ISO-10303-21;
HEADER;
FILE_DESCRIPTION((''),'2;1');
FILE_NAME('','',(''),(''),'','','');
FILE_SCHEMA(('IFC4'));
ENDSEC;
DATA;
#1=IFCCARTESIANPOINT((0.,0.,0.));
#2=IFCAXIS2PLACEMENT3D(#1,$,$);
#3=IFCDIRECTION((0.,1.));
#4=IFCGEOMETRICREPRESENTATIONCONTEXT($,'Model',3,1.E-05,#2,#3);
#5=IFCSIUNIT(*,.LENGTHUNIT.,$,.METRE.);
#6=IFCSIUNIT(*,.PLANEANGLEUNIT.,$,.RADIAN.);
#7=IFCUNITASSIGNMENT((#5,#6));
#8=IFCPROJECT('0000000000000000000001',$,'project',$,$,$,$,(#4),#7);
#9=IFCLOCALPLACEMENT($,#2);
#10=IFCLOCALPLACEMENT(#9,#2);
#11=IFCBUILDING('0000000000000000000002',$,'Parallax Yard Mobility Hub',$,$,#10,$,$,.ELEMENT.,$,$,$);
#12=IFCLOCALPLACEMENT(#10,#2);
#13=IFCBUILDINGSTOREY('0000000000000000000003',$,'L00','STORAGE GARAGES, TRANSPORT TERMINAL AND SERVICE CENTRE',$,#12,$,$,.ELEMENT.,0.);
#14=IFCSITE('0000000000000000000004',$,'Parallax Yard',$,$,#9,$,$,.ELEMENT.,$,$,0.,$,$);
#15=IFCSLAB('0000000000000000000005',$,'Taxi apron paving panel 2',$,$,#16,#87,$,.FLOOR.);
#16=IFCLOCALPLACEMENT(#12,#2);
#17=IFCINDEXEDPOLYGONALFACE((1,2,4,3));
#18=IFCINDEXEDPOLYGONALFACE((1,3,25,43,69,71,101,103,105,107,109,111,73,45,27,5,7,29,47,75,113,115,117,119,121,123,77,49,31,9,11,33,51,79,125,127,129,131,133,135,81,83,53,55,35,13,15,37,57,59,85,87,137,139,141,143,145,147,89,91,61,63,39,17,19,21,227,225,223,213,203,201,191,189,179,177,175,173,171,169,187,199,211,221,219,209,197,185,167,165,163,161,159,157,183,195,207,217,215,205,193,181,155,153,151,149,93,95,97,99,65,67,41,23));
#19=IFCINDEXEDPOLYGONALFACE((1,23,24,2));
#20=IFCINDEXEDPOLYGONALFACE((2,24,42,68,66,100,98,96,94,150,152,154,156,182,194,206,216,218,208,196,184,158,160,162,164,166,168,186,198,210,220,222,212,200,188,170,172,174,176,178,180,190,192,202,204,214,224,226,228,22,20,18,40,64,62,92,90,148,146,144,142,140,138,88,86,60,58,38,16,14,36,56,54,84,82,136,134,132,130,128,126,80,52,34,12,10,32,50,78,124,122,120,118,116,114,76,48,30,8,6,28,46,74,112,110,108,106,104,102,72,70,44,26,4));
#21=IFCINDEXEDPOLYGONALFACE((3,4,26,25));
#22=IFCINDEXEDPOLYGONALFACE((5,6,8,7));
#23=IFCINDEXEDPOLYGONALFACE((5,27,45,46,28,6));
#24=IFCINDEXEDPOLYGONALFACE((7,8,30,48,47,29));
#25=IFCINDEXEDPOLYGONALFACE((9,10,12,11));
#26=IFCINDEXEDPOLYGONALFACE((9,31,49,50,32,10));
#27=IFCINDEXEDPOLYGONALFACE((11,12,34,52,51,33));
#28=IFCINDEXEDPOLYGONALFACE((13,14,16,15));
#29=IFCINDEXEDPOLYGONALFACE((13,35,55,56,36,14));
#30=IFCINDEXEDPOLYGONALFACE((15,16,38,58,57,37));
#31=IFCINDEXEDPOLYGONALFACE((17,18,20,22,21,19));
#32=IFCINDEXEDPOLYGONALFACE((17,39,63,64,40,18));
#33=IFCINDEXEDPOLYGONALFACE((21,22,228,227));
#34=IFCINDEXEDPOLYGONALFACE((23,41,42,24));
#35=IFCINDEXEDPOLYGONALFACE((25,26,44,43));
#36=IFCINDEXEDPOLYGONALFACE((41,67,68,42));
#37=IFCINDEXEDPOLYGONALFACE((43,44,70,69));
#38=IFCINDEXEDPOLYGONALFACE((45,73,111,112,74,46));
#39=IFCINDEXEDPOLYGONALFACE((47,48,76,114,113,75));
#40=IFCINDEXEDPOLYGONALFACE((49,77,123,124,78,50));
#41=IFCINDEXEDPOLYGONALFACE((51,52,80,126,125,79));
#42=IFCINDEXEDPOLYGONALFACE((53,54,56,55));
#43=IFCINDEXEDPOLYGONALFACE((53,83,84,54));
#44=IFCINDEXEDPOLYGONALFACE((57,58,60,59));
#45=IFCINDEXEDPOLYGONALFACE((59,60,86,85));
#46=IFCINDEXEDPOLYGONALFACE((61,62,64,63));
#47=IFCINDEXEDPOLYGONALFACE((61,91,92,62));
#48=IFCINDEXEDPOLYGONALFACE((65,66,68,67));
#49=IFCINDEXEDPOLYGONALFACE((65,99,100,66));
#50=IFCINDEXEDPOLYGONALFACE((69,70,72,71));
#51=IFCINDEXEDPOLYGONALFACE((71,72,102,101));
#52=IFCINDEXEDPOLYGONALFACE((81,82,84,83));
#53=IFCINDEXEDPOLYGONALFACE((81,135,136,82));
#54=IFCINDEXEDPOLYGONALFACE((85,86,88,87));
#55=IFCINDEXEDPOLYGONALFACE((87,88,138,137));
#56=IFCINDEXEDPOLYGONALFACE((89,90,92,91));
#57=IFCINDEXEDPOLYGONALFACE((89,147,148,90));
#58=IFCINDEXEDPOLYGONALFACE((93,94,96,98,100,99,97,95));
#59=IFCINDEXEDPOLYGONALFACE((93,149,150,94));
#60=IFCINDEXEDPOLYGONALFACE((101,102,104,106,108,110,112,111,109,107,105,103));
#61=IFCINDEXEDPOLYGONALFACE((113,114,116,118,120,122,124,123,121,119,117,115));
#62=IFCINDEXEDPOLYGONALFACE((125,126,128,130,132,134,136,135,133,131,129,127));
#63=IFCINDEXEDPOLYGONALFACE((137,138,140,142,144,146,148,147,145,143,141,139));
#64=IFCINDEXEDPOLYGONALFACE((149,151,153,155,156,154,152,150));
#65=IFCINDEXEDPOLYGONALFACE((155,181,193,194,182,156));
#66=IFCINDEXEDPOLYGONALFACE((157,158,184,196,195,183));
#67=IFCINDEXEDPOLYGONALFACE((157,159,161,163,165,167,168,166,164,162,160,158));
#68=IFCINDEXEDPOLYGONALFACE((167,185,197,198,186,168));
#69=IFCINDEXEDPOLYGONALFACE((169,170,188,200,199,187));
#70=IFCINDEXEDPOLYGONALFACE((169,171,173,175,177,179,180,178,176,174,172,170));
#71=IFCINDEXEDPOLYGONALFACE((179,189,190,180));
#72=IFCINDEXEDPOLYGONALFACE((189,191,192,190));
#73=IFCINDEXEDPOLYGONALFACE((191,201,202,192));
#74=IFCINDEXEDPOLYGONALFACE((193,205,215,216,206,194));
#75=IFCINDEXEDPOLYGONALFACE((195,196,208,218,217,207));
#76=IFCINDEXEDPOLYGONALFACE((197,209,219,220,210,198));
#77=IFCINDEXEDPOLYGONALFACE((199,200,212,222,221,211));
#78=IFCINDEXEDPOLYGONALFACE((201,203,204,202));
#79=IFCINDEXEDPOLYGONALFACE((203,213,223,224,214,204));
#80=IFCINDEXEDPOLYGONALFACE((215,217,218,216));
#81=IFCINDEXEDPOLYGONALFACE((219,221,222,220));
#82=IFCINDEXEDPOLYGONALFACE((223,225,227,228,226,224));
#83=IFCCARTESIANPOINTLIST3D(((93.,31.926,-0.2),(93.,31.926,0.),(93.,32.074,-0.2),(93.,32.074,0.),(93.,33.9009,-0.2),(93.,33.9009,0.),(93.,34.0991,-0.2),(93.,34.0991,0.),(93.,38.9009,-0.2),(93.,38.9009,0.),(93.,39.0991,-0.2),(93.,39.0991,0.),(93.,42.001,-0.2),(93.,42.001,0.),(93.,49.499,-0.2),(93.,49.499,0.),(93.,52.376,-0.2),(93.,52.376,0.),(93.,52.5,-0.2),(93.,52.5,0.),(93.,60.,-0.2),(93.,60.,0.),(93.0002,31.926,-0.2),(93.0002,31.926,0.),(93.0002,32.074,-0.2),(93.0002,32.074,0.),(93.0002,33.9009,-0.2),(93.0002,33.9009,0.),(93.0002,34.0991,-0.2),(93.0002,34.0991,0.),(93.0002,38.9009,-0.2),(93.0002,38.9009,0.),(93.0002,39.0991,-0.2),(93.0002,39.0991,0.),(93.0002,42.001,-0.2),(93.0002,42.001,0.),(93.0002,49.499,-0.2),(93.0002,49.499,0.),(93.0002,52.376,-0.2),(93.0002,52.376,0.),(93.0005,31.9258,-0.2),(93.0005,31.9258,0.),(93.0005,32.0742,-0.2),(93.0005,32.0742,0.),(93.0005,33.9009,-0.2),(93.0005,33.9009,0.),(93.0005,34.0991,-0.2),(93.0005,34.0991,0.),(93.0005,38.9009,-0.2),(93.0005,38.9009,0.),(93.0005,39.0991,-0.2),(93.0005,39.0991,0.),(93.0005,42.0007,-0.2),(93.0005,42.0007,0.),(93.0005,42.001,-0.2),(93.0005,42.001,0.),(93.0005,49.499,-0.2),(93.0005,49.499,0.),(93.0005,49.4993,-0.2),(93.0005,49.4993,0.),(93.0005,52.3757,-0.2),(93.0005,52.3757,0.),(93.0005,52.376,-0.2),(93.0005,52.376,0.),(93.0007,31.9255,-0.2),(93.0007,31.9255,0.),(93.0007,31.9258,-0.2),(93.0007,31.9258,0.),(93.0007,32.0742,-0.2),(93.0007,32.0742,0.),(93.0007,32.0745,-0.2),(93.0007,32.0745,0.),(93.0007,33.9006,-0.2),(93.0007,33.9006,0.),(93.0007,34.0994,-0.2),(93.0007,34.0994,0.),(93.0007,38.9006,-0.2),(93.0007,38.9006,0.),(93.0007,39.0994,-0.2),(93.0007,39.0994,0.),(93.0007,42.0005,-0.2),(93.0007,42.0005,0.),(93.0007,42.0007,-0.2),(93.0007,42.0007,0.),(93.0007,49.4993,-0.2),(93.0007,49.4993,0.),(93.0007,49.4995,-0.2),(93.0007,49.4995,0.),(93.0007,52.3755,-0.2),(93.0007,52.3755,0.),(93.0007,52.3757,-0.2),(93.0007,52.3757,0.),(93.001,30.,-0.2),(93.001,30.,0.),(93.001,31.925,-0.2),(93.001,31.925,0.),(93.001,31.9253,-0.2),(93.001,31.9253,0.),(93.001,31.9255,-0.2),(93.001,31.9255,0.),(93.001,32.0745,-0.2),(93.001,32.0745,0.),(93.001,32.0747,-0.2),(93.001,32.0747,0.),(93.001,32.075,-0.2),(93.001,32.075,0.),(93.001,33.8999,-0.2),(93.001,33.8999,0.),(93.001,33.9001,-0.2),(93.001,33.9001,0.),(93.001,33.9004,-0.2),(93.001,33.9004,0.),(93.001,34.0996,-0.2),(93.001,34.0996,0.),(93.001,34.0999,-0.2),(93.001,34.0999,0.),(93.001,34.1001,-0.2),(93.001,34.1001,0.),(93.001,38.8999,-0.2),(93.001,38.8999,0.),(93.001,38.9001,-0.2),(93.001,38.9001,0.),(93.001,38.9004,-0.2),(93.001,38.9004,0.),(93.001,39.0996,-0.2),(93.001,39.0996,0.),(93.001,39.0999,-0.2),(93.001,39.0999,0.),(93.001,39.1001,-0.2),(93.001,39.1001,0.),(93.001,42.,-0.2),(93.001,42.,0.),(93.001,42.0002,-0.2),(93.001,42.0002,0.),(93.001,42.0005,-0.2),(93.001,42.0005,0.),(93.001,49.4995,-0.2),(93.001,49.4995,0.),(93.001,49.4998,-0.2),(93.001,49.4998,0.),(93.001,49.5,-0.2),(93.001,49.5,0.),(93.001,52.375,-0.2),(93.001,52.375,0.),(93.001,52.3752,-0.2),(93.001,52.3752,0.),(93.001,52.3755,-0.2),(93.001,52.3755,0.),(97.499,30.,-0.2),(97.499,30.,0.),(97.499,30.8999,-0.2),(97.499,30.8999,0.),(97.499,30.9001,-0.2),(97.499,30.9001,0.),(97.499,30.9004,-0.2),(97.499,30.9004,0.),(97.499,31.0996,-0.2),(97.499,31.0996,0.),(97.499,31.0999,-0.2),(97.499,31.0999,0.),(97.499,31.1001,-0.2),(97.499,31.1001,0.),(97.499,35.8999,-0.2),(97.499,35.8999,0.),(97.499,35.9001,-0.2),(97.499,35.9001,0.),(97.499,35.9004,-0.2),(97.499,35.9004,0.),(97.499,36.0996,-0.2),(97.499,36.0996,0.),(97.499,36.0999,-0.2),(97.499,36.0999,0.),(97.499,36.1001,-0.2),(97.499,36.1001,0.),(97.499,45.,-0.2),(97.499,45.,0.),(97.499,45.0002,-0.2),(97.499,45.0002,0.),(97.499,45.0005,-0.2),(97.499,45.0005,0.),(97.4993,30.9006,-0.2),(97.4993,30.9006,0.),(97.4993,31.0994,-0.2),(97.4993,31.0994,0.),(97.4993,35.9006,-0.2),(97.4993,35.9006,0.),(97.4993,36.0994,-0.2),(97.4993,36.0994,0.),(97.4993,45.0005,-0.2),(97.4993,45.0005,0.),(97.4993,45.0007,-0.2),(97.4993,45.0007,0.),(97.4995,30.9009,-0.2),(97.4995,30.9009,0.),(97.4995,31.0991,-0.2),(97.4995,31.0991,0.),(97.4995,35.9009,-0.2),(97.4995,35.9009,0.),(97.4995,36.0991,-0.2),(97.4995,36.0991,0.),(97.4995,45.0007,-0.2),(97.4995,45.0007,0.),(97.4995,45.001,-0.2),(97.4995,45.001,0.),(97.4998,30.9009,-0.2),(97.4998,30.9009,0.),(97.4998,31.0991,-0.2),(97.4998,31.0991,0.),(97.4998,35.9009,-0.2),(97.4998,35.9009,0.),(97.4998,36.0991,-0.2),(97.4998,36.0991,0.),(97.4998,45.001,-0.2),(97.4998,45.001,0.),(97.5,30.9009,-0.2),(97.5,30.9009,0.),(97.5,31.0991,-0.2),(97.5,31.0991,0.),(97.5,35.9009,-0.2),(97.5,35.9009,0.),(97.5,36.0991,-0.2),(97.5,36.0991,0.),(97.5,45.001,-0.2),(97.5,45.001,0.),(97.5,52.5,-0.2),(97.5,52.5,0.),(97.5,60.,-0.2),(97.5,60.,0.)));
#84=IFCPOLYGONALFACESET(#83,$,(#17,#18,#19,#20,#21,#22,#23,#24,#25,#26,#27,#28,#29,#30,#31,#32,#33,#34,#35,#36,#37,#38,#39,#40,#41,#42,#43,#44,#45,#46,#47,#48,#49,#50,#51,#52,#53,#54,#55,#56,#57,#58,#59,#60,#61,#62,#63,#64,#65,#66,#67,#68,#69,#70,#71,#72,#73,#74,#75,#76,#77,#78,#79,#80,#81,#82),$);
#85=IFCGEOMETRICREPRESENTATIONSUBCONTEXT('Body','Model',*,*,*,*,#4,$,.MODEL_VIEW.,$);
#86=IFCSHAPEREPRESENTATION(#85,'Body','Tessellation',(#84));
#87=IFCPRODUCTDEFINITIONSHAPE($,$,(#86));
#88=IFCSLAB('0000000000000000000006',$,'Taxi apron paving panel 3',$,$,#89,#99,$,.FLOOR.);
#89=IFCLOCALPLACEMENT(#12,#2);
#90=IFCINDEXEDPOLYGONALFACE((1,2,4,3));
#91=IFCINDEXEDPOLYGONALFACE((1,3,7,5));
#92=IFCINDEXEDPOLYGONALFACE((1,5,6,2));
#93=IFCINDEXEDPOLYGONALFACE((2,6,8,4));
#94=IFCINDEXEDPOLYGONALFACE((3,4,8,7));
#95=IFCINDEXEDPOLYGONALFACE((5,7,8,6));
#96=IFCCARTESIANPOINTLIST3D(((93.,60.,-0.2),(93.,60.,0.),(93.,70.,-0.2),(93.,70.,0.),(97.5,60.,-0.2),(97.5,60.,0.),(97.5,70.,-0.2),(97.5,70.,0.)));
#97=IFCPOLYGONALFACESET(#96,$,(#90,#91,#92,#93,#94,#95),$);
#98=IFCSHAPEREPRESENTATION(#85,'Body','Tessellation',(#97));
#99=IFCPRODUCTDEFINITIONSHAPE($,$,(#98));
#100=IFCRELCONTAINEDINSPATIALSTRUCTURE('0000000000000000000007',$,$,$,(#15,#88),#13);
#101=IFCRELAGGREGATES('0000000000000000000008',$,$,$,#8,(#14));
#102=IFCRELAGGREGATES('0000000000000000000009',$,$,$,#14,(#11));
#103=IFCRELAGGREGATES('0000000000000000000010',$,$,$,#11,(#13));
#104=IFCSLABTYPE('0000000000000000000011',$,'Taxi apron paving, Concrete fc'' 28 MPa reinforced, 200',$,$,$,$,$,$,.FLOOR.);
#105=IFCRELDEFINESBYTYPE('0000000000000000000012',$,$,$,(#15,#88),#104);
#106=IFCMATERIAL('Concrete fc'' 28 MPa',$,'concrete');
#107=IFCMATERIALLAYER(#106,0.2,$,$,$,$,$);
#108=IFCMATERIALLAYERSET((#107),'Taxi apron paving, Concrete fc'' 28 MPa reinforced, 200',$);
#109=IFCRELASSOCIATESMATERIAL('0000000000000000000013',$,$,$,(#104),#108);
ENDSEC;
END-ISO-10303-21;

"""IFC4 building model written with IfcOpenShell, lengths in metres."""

from ifc_helpers import new_model, si_unit, direction, frame, origin, place, context, subcontext, project, spatial, polyline, outline, extrude, material, layer, layer_set, type_object, element, save


model = new_model("IFC4")

# Units and contexts
model_context = context("Model", 3, precision=1e-05, world=origin(), true_north=direction((0.0, 1.0)))
body_context = subcontext(model_context, "Body", "Model", "MODEL_VIEW")
ifc_project = project(units=[si_unit("LENGTHUNIT", "METRE"), si_unit("PLANEANGLEUNIT", "RADIAN")], contexts=[model_context])

# Site, building, storey
site_placement = place(None, origin())
site = spatial("IfcSite", under=ifc_project, at=site_placement, Name="Parallax Yard", CompositionType="ELEMENT", RefElevation=0.0)
building_placement = place(site_placement, origin())
building = spatial("IfcBuilding", under=site, at=building_placement, Name="Parallax Yard Mobility Hub", CompositionType="ELEMENT")
storey_placement = place(building_placement, origin())
storey = spatial("IfcBuildingStorey", under=building, at=storey_placement, Name="L00", Description="STORAGE GARAGES, TRANSPORT TERMINAL AND SERVICE CENTRE", CompositionType="ELEMENT", Elevation=0.0)

# Slabs
ifc_material = material(Name="Concrete fc' 28 MPa", Category="concrete")
ifc_layer_1 = layer(ifc_material, 0.2)
ifc_layer_set_1 = layer_set([ifc_layer_1], Name="Taxi apron paving, Concrete fc' 28 MPa reinforced, 200")
slab_type_1 = type_object("IfcSlabType", Name="Taxi apron paving, Concrete fc' 28 MPa reinforced, 200", PredefinedType="FLOOR", material=ifc_layer_set_1)
slab_1_placement = place(storey_placement, frame((0.0, 0.0, -0.2)))
element("IfcSlab", 1, at=slab_1_placement, inside=storey, type_object=slab_type_1, Name="Taxi apron paving panel 2", PredefinedType="FLOOR", context=body_context, shape_type="SweptSolid", body=[
    extrude(outline(polyline([(93.0007, 49.4993), (93.0007, 49.4995), (93.0007, 49.4995), (93.001, 49.4995), (93.001, 49.4995), (93.001, 49.4998), (93.001, 49.4998), (93.001, 49.5), (93.001, 49.5), (93.001, 52.375), (93.001, 52.375), (93.001, 52.3752), (93.001, 52.3752), (93.001, 52.3755), (93.001, 52.3755), (93.0007, 52.3755), (93.0007, 52.3755), (93.0007, 52.3757), (93.0005, 52.3757), (93.0005, 52.3757), (93.0005, 52.376), (93.0005, 52.376), (93.0002, 52.376), (93.0002, 52.376), (93.0, 52.376), (93.0, 52.376), (93.0, 52.5), (93.0, 60.0), (97.5, 60.0), (97.5, 52.5), (97.5, 45.001), (97.5, 45.001), (97.4998, 45.001), (97.4998, 45.001), (97.4995, 45.001), (97.4995, 45.001), (97.4995, 45.0007), (97.4995, 45.0007), (97.4993, 45.0007), (97.4993, 45.0005), (97.4993, 45.0005), (97.499, 45.0005), (97.499, 45.0005), (97.499, 45.0002), (97.499, 45.0002), (97.499, 45.0), (97.499, 45.0), (97.499, 36.1001), (97.499, 36.0999), (97.499, 36.0999), (97.499, 36.0996), (97.499, 36.0996), (97.499, 36.0996), (97.4993, 36.0994), (97.4993, 36.0994), (97.4993, 36.0994), (97.4995, 36.0991), (97.4995, 36.0991), (97.4995, 36.0991), (97.4995, 36.0991), (97.4998, 36.0991), (97.4998, 36.0991), (97.5, 36.0991), (97.5, 36.0991), (97.5, 35.9009), (97.5, 35.9009), (97.4998, 35.9009), (97.4998, 35.9009), (97.4995, 35.9009), (97.4995, 35.9009), (97.4995, 35.9009), (97.4995, 35.9009), (97.4993, 35.9006), (97.4993, 35.9006), (97.4993, 35.9006), (97.499, 35.9004), (97.499, 35.9004), (97.499, 35.9004), (97.499, 35.9001), (97.499, 35.9001), (97.499, 35.8999), (97.499, 31.1001), (97.499, 31.0999), (97.499, 31.0999), (97.499, 31.0996), (97.499, 31.0996), (97.499, 31.0996), (97.4993, 31.0994), (97.4993, 31.0994), (97.4993, 31.0994), (97.4995, 31.0991), (97.4995, 31.0991), (97.4995, 31.0991), (97.4995, 31.0991), (97.4998, 31.0991), (97.4998, 31.0991), (97.5, 31.0991), (97.5, 31.0991), (97.5, 30.9009), (97.5, 30.9009), (97.4998, 30.9009), (97.4998, 30.9009), (97.4995, 30.9009), (97.4995, 30.9009), (97.4995, 30.9009), (97.4995, 30.9009), (97.4993, 30.9006), (97.4993, 30.9006), (97.4993, 30.9006), (97.499, 30.9004), (97.499, 30.9004), (97.499, 30.9004), (97.499, 30.9001), (97.499, 30.9001), (97.499, 30.8999), (97.499, 30.0), (93.001, 30.0), (93.001, 31.925), (93.001, 31.925), (93.001, 31.9253), (93.001, 31.9253), (93.001, 31.9253), (93.001, 31.9255), (93.0007, 31.9255), (93.0007, 31.9255), (93.0007, 31.9258), (93.0005, 31.9258), (93.0005, 31.9258), (93.0005, 31.9258), (93.0005, 31.9258), (93.0002, 31.926), (93.0002, 31.926), (93.0, 31.926), (93.0, 31.926), (93.0, 32.074), (93.0, 32.074), (93.0002, 32.074), (93.0002, 32.074), (93.0005, 32.0742), (93.0005, 32.0742), (93.0005, 32.0742), (93.0005, 32.0742), (93.0007, 32.0742), (93.0007, 32.0745), (93.0007, 32.0745), (93.001, 32.0745), (93.001, 32.0747), (93.001, 32.0747), (93.001, 32.0747), (93.001, 32.075), (93.001, 32.075), (93.001, 33.8999), (93.001, 33.9001), (93.001, 33.9001), (93.001, 33.9004), (93.001, 33.9004), (93.001, 33.9004), (93.0007, 33.9006), (93.0007, 33.9006), (93.0007, 33.9006), (93.0005, 33.9009), (93.0005, 33.9009), (93.0005, 33.9009), (93.0005, 33.9009), (93.0002, 33.9009), (93.0002, 33.9009), (93.0, 33.9009), (93.0, 33.9009), (93.0, 34.0991), (93.0, 34.0991), (93.0002, 34.0991), (93.0002, 34.0991), (93.0005, 34.0991), (93.0005, 34.0991), (93.0005, 34.0991), (93.0005, 34.0991), (93.0007, 34.0994), (93.0007, 34.0994), (93.0007, 34.0994), (93.001, 34.0996), (93.001, 34.0996), (93.001, 34.0996), (93.001, 34.0999), (93.001, 34.0999), (93.001, 34.1001), (93.001, 38.8999), (93.001, 38.9001), (93.001, 38.9001), (93.001, 38.9004), (93.001, 38.9004), (93.001, 38.9004), (93.0007, 38.9006), (93.0007, 38.9006), (93.0007, 38.9006), (93.0005, 38.9009), (93.0005, 38.9009), (93.0005, 38.9009), (93.0005, 38.9009), (93.0002, 38.9009), (93.0002, 38.9009), (93.0, 38.9009), (93.0, 38.9009), (93.0, 39.0991), (93.0, 39.0991), (93.0002, 39.0991), (93.0002, 39.0991), (93.0005, 39.0991), (93.0005, 39.0991), (93.0005, 39.0991), (93.0005, 39.0991), (93.0007, 39.0994), (93.0007, 39.0994), (93.0007, 39.0994), (93.001, 39.0996), (93.001, 39.0996), (93.001, 39.0996), (93.001, 39.0999), (93.001, 39.0999), (93.001, 39.1001), (93.001, 42.0), (93.001, 42.0), (93.001, 42.0002), (93.001, 42.0002), (93.001, 42.0005), (93.001, 42.0005), (93.0007, 42.0005), (93.0007, 42.0005), (93.0007, 42.0007), (93.0005, 42.0007), (93.0005, 42.0007), (93.0005, 42.001), (93.0005, 42.001), (93.0002, 42.001), (93.0002, 42.001), (93.0, 42.001), (93.0, 42.001), (93.0, 49.499), (93.0, 49.499), (93.0002, 49.499), (93.0002, 49.499), (93.0005, 49.499), (93.0005, 49.499), (93.0005, 49.4993), (93.0005, 49.4993), (93.0007, 49.4993)])), origin(), (0.0, 0.0, 1.0), 0.2),
])
slab_2_placement = place(storey_placement, frame((0.0, 0.0, -0.2)))
element("IfcSlab", 2, at=slab_2_placement, inside=storey, type_object=slab_type_1, Name="Taxi apron paving panel 3", PredefinedType="FLOOR", context=body_context, shape_type="SweptSolid", body=[
    extrude(outline(polyline([(93.0, 70.0), (97.5, 70.0), (97.5, 60.0), (93.0, 60.0), (93.0, 70.0)])), origin(), (0.0, 0.0, 1.0), 0.2),
])

save(model, "model.ifc")
